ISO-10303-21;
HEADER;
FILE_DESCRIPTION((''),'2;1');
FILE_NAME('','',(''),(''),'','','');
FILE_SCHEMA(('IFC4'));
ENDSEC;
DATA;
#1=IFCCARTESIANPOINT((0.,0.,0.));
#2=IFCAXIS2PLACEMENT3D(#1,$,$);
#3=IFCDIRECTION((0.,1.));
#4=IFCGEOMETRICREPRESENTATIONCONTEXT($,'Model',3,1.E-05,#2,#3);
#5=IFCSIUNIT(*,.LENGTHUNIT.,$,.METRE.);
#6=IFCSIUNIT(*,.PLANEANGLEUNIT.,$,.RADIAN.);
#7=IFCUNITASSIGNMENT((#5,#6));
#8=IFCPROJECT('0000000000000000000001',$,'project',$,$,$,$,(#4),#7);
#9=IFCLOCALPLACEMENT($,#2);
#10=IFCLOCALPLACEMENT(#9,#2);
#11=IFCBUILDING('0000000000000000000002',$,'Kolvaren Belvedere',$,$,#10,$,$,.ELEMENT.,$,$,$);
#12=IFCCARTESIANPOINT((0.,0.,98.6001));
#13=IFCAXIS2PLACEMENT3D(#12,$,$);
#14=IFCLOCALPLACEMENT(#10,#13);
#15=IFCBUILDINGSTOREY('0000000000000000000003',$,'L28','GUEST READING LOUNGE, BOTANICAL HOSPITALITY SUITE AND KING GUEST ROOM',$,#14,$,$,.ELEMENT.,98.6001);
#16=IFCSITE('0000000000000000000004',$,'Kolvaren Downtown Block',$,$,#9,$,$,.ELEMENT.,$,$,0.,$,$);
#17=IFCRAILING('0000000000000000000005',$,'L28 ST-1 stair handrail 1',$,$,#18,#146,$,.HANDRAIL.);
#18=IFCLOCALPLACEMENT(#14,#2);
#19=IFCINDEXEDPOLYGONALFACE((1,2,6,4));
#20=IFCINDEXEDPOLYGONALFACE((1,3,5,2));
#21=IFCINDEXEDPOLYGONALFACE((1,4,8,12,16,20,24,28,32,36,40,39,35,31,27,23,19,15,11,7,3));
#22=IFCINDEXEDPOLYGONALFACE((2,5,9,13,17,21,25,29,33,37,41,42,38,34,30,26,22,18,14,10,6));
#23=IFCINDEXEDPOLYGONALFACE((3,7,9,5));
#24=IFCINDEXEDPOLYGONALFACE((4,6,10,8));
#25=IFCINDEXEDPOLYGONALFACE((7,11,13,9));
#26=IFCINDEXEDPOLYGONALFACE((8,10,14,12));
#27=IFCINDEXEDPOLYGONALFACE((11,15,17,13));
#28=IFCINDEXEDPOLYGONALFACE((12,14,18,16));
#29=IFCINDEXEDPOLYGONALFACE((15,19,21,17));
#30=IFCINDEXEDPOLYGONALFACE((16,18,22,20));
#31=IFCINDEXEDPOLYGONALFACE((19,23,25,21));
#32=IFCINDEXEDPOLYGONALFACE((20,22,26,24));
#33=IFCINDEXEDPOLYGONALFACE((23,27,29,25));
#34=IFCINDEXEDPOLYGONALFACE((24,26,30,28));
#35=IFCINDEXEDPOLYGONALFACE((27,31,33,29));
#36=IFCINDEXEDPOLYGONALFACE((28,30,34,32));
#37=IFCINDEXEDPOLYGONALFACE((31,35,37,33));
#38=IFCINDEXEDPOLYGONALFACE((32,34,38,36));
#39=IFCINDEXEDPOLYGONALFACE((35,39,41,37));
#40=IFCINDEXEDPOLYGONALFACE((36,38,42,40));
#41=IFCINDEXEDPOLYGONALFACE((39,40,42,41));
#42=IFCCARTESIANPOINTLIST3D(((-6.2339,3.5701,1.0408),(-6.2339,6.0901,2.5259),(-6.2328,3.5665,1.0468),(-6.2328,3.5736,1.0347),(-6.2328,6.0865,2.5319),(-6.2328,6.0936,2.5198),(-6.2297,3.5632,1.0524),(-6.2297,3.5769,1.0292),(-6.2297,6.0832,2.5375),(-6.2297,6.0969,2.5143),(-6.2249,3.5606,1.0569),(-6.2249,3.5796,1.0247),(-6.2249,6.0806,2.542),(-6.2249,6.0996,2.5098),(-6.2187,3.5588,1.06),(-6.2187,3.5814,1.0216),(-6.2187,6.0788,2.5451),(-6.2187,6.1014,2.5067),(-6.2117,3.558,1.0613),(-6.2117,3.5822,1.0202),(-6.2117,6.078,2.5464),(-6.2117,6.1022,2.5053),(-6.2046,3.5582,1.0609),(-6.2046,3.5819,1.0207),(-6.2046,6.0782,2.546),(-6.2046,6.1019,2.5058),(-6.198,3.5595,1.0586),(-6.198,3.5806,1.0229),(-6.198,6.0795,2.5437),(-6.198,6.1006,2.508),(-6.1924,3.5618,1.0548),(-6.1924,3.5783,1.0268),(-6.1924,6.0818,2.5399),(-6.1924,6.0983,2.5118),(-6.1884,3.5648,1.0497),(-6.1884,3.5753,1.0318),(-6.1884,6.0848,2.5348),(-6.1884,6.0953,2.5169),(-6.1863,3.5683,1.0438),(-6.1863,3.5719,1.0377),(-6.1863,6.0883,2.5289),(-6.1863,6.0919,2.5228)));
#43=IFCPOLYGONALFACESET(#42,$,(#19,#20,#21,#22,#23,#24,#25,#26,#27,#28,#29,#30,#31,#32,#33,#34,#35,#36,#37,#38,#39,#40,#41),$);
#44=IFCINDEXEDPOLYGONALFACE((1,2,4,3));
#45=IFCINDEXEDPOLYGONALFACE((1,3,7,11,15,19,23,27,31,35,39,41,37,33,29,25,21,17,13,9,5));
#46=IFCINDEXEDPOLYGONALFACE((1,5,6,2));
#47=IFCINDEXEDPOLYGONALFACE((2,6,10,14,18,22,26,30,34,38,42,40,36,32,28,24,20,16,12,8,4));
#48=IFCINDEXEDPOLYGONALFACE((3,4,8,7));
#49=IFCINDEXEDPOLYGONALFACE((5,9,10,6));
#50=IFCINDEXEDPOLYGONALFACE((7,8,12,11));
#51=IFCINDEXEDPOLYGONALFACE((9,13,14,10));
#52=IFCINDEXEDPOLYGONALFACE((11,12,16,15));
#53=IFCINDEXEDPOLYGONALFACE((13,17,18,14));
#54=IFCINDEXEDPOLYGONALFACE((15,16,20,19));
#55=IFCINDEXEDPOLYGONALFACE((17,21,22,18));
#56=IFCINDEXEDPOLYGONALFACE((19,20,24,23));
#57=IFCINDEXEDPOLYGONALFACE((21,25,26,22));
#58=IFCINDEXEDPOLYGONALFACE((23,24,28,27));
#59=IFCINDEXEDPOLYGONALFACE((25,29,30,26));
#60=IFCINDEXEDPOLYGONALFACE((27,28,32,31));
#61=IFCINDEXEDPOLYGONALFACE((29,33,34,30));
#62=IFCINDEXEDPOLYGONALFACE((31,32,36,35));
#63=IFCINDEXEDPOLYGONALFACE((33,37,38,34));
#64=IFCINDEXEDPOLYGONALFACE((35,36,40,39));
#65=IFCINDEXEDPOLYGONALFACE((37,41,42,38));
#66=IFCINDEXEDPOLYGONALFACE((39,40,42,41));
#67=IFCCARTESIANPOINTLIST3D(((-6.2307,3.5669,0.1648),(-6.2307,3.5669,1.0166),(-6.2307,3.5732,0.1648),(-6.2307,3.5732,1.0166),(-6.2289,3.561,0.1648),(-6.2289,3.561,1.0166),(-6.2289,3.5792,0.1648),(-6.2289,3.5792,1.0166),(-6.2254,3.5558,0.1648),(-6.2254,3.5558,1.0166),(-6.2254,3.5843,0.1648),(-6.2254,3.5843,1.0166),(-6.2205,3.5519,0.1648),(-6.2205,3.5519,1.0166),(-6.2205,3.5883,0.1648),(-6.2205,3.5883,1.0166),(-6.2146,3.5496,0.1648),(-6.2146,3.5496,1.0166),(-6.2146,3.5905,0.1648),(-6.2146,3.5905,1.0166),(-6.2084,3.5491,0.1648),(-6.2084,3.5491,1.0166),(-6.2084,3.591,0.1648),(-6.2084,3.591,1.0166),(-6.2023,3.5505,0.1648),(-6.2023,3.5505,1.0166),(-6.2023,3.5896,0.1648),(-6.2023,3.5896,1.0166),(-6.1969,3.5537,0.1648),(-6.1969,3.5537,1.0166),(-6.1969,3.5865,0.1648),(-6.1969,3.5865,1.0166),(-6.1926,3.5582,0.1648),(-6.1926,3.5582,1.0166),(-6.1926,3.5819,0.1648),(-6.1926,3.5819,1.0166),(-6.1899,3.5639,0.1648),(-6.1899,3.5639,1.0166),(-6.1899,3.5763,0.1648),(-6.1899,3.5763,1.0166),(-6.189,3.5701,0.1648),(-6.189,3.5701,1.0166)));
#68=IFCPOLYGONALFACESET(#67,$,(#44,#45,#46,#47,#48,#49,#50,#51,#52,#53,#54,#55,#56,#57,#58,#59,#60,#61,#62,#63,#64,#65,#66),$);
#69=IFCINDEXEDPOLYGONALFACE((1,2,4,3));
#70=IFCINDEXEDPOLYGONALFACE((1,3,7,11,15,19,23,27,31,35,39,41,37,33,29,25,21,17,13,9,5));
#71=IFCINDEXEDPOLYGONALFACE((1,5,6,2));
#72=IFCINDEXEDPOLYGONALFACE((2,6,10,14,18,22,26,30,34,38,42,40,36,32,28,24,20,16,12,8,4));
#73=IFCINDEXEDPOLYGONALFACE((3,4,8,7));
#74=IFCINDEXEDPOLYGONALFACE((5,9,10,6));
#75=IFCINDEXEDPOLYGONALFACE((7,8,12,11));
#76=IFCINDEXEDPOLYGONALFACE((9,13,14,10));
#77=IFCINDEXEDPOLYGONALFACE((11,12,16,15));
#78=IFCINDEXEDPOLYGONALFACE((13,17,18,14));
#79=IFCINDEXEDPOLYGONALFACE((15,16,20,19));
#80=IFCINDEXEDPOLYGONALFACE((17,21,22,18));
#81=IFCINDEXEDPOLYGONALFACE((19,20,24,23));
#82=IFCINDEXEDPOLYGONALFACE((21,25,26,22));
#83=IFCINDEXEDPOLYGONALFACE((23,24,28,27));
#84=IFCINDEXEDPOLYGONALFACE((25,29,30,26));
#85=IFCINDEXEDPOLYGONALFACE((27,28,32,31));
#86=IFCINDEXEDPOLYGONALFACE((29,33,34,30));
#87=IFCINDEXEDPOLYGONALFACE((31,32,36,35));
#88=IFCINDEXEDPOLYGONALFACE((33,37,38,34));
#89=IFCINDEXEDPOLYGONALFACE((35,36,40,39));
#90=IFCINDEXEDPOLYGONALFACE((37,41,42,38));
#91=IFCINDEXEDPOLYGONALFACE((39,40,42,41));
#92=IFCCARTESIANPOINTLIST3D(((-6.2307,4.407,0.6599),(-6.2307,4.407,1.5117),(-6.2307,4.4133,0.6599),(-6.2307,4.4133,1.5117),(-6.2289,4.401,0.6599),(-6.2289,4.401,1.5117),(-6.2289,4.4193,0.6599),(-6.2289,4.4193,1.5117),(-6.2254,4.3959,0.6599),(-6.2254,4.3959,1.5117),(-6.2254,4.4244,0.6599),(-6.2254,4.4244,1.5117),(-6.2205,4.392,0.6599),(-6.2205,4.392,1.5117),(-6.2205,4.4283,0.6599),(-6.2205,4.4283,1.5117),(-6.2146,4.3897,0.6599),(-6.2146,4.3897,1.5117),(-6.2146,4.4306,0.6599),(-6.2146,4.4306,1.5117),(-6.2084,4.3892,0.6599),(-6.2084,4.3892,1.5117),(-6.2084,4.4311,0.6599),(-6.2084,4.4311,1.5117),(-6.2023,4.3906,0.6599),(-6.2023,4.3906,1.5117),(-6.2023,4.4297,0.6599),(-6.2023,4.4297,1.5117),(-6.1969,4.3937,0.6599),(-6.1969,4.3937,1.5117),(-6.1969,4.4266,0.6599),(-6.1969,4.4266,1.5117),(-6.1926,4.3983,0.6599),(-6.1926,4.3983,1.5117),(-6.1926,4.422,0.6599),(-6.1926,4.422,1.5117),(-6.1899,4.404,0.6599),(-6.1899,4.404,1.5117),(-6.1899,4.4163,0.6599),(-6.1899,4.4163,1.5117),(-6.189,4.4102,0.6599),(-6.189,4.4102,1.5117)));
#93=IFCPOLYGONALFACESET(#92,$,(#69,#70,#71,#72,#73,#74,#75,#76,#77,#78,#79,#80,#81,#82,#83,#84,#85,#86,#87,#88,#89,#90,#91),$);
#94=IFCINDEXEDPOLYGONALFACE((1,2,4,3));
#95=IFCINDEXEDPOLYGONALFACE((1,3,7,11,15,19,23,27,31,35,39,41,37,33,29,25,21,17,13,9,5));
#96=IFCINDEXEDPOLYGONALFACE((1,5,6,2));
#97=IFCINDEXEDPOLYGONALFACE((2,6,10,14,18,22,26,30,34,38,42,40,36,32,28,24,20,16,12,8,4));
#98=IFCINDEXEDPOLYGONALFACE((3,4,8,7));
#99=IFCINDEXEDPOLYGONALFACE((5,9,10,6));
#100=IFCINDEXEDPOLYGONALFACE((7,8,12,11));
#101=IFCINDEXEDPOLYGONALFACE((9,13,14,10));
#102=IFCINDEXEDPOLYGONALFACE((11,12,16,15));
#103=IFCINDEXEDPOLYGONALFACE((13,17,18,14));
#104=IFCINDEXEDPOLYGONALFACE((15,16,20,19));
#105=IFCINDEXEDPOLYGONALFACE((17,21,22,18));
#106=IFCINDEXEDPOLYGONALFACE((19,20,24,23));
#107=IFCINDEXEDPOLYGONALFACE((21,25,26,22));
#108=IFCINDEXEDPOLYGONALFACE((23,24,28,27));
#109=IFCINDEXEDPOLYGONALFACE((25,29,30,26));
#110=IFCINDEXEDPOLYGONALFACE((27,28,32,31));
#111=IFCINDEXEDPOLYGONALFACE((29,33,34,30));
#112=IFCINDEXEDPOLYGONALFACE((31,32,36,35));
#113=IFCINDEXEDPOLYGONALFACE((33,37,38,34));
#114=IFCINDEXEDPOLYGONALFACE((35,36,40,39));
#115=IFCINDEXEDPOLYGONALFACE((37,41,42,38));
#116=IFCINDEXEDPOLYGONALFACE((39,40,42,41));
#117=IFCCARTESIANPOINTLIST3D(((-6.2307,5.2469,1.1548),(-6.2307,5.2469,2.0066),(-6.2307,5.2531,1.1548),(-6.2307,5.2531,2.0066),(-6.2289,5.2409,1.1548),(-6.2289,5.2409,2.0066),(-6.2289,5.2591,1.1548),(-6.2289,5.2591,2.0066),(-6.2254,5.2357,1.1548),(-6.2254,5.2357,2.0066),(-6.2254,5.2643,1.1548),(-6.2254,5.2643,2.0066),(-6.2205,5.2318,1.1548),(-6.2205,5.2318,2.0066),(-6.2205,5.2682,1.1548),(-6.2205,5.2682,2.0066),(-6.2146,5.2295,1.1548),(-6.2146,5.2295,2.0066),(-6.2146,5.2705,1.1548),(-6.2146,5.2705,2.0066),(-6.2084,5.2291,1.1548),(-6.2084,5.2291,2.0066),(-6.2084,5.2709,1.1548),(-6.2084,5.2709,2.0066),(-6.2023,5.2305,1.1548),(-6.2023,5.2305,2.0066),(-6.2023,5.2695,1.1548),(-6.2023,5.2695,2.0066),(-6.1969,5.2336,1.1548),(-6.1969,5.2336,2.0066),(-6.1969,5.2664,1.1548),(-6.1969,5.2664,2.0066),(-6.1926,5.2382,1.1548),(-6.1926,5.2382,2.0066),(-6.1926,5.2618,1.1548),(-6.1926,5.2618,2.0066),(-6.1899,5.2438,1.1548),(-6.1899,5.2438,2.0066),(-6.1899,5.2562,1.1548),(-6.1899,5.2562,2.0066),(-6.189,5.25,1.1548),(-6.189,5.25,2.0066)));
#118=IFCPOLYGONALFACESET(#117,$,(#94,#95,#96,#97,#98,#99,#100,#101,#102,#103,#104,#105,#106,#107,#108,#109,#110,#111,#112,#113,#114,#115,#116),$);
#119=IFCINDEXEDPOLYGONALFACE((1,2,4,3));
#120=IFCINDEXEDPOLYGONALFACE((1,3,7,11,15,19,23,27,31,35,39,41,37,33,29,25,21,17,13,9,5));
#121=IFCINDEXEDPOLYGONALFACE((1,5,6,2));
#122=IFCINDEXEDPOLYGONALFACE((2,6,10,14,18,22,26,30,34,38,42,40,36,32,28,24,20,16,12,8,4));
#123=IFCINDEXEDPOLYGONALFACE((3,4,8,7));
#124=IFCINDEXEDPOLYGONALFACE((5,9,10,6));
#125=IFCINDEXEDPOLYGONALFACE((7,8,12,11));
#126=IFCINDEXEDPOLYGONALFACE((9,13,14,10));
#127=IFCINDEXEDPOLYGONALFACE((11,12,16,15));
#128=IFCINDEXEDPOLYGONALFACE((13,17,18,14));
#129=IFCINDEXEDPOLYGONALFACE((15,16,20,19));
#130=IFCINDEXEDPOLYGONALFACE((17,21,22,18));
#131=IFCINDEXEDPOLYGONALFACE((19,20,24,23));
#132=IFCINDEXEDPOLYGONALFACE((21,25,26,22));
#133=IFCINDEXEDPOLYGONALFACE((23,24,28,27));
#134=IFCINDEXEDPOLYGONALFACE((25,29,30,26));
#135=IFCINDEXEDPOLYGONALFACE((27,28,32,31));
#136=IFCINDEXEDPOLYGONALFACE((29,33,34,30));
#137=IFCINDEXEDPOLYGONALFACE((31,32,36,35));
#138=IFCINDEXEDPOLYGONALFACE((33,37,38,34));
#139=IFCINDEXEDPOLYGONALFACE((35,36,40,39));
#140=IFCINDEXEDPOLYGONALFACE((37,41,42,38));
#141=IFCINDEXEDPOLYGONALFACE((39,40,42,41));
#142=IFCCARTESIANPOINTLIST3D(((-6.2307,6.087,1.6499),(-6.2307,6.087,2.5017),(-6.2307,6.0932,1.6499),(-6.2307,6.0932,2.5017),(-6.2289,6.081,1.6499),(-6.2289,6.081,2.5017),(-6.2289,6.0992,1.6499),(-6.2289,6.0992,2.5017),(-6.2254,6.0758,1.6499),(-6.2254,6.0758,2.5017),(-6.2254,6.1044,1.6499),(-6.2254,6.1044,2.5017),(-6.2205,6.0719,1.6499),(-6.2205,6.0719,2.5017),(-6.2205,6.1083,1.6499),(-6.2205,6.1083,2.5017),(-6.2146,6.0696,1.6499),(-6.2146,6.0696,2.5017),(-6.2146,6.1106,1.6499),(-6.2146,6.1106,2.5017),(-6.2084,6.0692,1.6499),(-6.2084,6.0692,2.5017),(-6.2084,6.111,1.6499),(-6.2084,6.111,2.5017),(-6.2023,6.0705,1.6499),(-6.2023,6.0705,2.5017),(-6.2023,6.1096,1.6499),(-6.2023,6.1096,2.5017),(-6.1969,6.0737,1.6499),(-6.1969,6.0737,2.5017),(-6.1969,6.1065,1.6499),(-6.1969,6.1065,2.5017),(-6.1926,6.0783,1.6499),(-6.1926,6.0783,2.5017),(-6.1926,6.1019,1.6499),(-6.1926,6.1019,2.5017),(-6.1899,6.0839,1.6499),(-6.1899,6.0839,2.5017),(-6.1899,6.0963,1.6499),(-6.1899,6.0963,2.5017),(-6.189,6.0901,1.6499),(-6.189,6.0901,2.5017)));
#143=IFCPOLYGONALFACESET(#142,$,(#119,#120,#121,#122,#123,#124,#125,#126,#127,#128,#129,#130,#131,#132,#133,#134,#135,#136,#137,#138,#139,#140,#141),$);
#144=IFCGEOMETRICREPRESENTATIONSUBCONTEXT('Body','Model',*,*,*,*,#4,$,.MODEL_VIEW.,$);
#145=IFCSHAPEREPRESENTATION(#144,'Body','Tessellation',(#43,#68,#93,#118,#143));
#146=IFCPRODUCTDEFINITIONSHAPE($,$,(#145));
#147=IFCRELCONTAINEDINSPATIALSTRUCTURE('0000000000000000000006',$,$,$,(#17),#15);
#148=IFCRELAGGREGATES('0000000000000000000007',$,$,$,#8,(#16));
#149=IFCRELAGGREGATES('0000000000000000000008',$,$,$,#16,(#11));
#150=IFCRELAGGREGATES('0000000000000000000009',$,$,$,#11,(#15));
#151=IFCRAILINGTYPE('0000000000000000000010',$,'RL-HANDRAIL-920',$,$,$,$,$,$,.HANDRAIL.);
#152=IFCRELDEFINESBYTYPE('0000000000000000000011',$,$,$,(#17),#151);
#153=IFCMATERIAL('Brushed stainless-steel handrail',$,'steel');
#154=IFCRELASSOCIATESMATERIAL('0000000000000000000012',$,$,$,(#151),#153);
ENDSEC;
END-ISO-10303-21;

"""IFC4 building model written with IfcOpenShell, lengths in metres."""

from ifc_helpers import new_model, si_unit, direction, frame, origin, origin_2d, place, context, subcontext, project, spatial, circle, extrude, material, type_object, element, save


model = new_model("IFC4")

# Units and contexts
model_context = context("Model", 3, precision=1e-05, world=origin(), true_north=direction((0.0, 1.0)))
body_context = subcontext(model_context, "Body", "Model", "MODEL_VIEW")
ifc_project = project(units=[si_unit("LENGTHUNIT", "METRE"), si_unit("PLANEANGLEUNIT", "RADIAN")], contexts=[model_context])

# Site, building, storey
site_placement = place(None, origin())
site = spatial("IfcSite", under=ifc_project, at=site_placement, Name="Kolvaren Downtown Block", CompositionType="ELEMENT", RefElevation=0.0)
building_placement = place(site_placement, origin())
building = spatial("IfcBuilding", under=site, at=building_placement, Name="Kolvaren Belvedere", CompositionType="ELEMENT")
storey_placement = place(building_placement, frame((0.0, 0.0, 98.6001)))
storey = spatial("IfcBuildingStorey", under=building, at=storey_placement, Name="L28", Description="GUEST READING LOUNGE, BOTANICAL HOSPITALITY SUITE AND KING GUEST ROOM", CompositionType="ELEMENT", Elevation=98.6001)

# Railing
ifc_material_1 = material(Name="Brushed stainless-steel handrail", Category="steel")
railing_type_1 = type_object("IfcRailingType", Name="RL-HANDRAIL-920", PredefinedType="HANDRAIL", material=ifc_material_1)
railing_1_placement = place(storey_placement, frame((-6.21, 3.5701, 0.1648)))
element("IfcRailing", 1, at=railing_1_placement, inside=storey, type_object=railing_type_1, Name="L28 ST-1 stair handrail 1", PredefinedType="HANDRAIL", context=body_context, shape_type="SweptSolid", body=[
    extrude(circle(Radius=0.0239, at=origin_2d()), frame((0.0, 0.0, 0.876), z_axis=(0.0, 0.861524, 0.507717), x_axis=(-1.0, 0.0, 0.0)), (0.0, 0.0, 1.0), 2.925),
    extrude(circle(Radius=0.021, at=origin_2d()), origin(), (0.0, 0.0, 1.0), 0.8518),
    extrude(circle(Radius=0.021, at=origin_2d()), frame((0.0, 0.8401, 0.4951)), (0.0, 0.0, 1.0), 0.8518),
    extrude(circle(Radius=0.021, at=origin_2d()), frame((0.0, 1.6799, 0.99)), (0.0, 0.0, 1.0), 0.8518),
    extrude(circle(Radius=0.021, at=origin_2d()), frame((0.0, 2.52, 1.4851)), (0.0, 0.0, 1.0), 0.8518),
])

save(model, "model.ifc")
